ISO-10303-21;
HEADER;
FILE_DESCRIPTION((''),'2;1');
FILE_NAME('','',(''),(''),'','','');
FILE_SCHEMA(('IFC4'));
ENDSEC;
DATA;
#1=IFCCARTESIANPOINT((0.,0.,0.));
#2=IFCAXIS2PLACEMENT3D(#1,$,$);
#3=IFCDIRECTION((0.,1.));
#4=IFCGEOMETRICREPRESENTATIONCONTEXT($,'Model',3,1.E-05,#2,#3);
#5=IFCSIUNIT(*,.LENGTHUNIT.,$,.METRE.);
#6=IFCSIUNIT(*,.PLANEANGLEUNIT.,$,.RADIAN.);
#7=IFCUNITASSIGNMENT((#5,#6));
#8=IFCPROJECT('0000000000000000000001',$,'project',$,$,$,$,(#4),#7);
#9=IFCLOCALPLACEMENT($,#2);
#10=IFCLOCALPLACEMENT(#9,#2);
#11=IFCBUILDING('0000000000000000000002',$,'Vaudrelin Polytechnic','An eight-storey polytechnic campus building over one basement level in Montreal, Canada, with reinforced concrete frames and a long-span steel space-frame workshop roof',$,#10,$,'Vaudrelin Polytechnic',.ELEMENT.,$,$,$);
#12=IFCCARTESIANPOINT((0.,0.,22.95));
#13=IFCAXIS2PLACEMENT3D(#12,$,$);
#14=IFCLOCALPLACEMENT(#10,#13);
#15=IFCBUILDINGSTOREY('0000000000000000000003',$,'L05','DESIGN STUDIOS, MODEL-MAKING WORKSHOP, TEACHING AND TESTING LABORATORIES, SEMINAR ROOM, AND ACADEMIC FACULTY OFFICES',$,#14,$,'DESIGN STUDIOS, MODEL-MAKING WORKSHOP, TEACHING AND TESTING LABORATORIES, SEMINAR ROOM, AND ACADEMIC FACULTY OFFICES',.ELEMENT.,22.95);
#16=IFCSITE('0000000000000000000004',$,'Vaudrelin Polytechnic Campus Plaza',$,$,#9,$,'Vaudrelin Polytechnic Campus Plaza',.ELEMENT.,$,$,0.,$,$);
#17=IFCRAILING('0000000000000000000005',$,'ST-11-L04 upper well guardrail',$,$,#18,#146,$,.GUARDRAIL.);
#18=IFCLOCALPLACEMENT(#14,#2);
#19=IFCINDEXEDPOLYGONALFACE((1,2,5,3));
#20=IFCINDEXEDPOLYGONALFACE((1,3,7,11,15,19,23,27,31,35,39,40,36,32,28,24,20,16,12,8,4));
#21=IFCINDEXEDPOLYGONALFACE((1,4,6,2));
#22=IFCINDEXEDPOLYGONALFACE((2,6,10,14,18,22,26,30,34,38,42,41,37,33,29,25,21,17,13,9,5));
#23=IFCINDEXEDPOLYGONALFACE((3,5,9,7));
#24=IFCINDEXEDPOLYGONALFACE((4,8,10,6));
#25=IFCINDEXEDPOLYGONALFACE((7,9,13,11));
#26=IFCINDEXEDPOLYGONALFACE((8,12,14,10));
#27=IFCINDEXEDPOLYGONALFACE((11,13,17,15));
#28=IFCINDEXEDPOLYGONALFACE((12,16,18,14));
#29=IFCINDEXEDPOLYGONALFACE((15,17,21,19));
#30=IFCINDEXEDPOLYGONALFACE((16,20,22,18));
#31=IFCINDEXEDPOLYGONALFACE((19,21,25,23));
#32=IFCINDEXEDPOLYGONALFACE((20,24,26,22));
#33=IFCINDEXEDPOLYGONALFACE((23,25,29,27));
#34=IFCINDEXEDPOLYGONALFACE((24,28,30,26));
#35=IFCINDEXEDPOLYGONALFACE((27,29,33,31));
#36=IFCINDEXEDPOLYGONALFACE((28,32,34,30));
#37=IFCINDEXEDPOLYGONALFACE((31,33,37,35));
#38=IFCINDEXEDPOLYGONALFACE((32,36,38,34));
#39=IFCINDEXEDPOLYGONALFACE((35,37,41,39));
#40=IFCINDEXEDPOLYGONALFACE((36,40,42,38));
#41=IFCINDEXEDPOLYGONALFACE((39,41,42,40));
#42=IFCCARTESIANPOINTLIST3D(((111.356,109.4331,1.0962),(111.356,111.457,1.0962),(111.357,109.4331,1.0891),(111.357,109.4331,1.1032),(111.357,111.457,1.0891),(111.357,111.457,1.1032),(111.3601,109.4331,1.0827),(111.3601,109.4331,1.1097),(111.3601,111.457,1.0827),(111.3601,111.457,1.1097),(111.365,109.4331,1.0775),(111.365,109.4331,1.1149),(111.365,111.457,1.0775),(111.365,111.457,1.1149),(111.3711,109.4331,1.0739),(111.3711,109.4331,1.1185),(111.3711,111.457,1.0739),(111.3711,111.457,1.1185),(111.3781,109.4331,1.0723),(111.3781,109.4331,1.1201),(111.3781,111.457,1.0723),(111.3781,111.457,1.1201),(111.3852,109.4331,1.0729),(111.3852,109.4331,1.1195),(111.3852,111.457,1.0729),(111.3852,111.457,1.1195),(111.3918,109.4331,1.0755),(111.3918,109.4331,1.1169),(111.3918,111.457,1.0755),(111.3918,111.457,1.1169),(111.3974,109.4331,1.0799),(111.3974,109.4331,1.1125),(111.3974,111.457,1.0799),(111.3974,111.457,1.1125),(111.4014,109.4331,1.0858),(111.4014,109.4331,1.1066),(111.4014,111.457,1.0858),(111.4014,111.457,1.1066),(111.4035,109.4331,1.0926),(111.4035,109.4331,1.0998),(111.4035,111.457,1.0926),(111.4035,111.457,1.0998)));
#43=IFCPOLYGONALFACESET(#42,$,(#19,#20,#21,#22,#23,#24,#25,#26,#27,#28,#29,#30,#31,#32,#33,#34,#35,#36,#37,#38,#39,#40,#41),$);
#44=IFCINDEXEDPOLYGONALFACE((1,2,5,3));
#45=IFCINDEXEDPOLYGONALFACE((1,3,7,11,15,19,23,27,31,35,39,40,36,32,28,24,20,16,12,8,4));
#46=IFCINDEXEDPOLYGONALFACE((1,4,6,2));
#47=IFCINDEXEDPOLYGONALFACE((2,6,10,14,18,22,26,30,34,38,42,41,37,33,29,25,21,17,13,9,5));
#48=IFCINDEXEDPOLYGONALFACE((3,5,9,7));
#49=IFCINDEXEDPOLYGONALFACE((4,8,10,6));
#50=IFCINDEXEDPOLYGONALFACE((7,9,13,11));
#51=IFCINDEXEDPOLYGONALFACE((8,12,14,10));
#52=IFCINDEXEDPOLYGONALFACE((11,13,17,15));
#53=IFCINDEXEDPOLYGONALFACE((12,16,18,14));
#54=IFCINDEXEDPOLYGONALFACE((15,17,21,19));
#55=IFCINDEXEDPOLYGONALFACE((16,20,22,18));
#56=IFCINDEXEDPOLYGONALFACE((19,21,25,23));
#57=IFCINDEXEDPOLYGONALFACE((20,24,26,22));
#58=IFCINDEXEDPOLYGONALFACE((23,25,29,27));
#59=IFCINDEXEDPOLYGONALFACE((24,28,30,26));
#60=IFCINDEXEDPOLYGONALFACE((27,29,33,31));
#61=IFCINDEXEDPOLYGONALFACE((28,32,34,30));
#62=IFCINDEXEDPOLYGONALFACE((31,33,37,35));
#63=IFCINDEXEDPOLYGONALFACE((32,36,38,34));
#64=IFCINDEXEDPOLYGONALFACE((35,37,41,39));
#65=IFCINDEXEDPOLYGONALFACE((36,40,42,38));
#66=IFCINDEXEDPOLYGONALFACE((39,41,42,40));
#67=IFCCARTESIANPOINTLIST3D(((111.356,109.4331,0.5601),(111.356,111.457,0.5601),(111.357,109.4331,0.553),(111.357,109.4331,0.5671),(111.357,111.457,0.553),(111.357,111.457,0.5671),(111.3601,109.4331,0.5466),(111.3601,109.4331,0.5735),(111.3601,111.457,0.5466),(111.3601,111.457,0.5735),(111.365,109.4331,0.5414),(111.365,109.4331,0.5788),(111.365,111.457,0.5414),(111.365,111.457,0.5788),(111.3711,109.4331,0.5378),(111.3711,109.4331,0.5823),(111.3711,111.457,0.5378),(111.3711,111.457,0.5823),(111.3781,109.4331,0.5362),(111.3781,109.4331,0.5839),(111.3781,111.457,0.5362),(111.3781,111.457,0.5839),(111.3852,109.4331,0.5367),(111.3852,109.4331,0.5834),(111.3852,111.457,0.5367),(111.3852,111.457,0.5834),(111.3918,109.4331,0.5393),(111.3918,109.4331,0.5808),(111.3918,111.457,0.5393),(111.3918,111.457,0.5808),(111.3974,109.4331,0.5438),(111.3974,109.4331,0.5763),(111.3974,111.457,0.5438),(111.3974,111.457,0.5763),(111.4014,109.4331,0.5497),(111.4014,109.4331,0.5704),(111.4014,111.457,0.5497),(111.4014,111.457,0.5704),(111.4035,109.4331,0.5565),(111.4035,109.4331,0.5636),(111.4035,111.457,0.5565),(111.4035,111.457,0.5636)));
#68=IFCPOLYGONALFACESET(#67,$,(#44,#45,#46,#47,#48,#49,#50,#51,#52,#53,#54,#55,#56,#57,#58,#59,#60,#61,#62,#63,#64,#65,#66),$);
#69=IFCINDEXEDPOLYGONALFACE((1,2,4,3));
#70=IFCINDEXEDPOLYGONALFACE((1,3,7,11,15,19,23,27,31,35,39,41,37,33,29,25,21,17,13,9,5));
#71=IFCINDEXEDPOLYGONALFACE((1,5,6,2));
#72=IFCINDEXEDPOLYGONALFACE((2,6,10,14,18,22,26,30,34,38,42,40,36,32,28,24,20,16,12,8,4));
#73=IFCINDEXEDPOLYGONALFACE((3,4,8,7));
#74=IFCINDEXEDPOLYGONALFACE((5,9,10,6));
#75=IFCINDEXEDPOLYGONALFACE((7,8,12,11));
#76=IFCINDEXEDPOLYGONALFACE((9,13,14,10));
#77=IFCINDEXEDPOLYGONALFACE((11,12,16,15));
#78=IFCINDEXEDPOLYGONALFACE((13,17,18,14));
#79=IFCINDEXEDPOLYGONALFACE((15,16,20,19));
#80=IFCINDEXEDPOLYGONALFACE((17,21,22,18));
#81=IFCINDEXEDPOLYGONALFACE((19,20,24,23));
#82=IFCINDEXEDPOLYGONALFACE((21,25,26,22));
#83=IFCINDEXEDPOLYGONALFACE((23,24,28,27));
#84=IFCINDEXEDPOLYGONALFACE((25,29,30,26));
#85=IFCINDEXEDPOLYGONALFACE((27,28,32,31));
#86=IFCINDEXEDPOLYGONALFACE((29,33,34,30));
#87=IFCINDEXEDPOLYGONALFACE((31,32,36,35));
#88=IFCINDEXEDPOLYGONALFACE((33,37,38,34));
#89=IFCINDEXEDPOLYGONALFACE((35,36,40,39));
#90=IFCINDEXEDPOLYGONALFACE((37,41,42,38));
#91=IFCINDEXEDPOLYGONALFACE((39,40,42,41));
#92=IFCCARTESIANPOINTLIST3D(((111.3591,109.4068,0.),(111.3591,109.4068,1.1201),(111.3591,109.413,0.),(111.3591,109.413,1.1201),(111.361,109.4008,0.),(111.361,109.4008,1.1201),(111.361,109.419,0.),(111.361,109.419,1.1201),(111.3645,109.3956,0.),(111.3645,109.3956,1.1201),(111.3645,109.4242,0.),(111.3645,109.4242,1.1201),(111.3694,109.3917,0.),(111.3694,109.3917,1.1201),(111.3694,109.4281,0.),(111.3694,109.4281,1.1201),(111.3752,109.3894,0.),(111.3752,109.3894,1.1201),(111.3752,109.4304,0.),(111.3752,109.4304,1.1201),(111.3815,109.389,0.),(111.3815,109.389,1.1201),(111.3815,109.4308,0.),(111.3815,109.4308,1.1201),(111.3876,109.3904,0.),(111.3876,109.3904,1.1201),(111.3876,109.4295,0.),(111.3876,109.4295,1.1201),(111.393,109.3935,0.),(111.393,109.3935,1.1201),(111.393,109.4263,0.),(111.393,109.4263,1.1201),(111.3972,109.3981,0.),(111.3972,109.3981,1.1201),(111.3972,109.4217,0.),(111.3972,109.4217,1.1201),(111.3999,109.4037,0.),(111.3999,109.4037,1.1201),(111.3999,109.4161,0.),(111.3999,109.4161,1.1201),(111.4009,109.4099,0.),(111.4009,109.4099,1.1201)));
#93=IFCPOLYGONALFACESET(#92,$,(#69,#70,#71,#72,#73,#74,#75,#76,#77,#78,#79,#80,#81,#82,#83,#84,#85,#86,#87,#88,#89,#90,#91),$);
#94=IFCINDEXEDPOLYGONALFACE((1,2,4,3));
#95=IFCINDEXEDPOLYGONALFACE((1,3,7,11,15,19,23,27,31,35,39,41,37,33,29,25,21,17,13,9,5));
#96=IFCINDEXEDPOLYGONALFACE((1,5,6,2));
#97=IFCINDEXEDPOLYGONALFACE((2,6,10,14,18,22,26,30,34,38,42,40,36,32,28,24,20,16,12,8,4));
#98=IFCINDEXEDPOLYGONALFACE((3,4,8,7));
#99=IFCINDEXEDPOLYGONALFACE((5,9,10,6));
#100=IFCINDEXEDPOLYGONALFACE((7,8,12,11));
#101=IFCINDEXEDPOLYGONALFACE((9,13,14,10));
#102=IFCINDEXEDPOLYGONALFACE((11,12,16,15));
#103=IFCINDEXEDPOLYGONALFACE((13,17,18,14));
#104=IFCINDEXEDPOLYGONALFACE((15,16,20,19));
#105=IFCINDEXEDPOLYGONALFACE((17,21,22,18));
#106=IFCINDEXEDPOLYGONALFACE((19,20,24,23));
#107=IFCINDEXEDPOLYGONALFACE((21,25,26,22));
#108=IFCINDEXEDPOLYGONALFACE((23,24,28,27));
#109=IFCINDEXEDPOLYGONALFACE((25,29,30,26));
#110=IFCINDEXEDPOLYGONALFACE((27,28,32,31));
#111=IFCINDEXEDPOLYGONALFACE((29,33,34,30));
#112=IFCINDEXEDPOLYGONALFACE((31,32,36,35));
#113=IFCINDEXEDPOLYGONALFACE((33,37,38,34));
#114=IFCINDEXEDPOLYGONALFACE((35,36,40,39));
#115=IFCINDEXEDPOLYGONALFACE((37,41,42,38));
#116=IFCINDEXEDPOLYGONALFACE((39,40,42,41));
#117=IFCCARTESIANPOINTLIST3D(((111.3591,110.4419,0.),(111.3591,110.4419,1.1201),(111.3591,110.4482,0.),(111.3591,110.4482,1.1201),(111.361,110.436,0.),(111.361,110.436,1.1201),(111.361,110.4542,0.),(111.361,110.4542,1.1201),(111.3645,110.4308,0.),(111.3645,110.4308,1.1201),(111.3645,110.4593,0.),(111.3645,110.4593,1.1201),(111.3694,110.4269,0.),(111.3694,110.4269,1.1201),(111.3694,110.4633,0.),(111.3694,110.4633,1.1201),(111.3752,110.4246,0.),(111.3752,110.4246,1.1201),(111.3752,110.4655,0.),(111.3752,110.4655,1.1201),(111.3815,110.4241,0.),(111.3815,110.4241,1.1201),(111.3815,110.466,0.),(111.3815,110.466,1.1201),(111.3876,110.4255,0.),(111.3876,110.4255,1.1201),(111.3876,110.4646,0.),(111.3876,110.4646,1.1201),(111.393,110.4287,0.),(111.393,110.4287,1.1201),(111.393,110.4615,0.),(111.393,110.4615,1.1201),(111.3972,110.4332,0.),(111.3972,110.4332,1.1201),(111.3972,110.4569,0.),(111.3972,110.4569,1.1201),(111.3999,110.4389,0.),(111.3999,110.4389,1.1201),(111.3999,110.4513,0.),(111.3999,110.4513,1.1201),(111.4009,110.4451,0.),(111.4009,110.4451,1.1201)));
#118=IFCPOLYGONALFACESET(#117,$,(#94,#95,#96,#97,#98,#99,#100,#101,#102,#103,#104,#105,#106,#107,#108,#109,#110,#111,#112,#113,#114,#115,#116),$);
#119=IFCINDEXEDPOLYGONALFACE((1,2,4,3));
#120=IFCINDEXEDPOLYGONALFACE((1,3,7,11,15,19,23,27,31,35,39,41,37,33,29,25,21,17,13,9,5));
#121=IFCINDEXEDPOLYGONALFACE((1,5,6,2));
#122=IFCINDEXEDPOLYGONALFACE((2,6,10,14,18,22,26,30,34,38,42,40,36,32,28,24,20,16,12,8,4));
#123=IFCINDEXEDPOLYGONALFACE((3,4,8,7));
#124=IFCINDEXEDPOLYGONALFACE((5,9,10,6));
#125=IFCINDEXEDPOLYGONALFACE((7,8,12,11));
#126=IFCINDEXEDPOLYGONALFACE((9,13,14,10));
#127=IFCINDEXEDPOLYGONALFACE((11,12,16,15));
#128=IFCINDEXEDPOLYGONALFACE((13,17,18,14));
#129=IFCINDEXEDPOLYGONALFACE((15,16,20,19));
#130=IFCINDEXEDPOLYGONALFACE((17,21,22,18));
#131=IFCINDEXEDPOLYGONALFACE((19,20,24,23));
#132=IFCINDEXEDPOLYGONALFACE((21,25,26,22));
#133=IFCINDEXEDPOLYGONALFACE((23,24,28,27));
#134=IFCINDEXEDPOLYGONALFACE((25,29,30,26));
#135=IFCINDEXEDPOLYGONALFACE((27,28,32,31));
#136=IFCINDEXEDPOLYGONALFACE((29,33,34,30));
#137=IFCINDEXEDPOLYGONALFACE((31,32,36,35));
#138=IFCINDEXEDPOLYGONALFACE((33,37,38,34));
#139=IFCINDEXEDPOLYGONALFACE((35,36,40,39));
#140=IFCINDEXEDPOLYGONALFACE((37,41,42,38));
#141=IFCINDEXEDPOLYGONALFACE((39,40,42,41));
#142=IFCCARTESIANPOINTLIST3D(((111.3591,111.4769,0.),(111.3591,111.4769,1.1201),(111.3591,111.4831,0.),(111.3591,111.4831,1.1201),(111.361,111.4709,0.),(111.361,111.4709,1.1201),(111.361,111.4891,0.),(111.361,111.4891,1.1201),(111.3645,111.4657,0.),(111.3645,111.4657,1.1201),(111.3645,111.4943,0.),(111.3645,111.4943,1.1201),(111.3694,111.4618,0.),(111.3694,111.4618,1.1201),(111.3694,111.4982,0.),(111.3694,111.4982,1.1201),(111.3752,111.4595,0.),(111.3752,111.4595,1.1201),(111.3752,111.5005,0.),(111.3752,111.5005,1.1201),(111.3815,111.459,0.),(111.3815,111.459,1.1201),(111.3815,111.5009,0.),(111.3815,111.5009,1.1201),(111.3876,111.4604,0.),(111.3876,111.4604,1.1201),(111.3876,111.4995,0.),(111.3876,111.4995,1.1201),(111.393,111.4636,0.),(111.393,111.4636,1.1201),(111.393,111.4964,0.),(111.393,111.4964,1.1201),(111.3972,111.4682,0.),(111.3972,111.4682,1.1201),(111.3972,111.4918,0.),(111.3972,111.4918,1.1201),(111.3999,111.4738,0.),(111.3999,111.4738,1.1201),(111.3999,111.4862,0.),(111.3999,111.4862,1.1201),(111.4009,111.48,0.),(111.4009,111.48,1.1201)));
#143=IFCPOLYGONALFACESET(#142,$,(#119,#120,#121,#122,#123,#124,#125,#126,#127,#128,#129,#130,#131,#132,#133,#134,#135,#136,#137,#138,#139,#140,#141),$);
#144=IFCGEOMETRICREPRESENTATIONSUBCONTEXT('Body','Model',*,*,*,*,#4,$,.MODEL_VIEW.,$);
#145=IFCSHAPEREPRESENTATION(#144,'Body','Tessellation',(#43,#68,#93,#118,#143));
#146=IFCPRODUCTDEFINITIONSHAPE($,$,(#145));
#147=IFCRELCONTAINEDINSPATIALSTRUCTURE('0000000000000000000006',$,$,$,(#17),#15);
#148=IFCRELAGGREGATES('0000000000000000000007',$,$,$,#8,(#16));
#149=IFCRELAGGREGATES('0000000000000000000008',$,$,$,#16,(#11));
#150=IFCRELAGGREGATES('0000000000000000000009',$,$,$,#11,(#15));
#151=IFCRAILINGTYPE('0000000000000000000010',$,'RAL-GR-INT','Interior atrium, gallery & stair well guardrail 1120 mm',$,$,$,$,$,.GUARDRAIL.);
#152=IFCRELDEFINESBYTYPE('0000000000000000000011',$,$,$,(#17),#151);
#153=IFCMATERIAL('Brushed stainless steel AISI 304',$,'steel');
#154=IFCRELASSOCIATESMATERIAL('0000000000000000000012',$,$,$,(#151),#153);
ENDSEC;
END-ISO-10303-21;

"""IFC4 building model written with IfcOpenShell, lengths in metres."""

from ifc_helpers import new_model, si_unit, direction, frame, origin, origin_2d, place, context, subcontext, project, spatial, circle, extrude, material, type_object, element, save


model = new_model("IFC4")

# Units and contexts
model_context = context("Model", 3, precision=1e-05, world=origin(), true_north=direction((0.0, 1.0)))
body_context = subcontext(model_context, "Body", "Model", "MODEL_VIEW")
ifc_project = project(units=[si_unit("LENGTHUNIT", "METRE"), si_unit("PLANEANGLEUNIT", "RADIAN")], contexts=[model_context])

# Site, building, storey
site_placement = place(None, origin())
site = spatial("IfcSite", under=ifc_project, at=site_placement, Name="Vaudrelin Polytechnic Campus Plaza", LongName="Vaudrelin Polytechnic Campus Plaza", CompositionType="ELEMENT", RefElevation=0.0)
building_placement = place(site_placement, origin())
building = spatial("IfcBuilding", under=site, at=building_placement, Name="Vaudrelin Polytechnic", Description="An eight-storey polytechnic campus building over one basement level in Montreal, Canada, with reinforced concrete frames and a long-span steel space-frame workshop roof", LongName="Vaudrelin Polytechnic", CompositionType="ELEMENT")
storey_placement = place(building_placement, frame((0.0, 0.0, 22.95)))
storey = spatial("IfcBuildingStorey", under=building, at=storey_placement, Name="L05", Description="DESIGN STUDIOS, MODEL-MAKING WORKSHOP, TEACHING AND TESTING LABORATORIES, SEMINAR ROOM, AND ACADEMIC FACULTY OFFICES", LongName="DESIGN STUDIOS, MODEL-MAKING WORKSHOP, TEACHING AND TESTING LABORATORIES, SEMINAR ROOM, AND ACADEMIC FACULTY OFFICES", CompositionType="ELEMENT", Elevation=22.95)

# Railing
ifc_material_1 = material(Name="Brushed stainless steel AISI 304", Category="steel")
railing_type = type_object("IfcRailingType", Name="RAL-GR-INT", Description="Interior atrium, gallery & stair well guardrail 1120 mm", PredefinedType="GUARDRAIL", material=ifc_material_1)
railing_placement = place(storey_placement, frame((111.3799, 109.4099, 0.0)))
element("IfcRailing", 1, at=railing_placement, inside=storey, type_object=railing_type, Name="ST-11-L04 upper well guardrail", PredefinedType="GUARDRAIL", context=body_context, shape_type="SweptSolid", body=[
    extrude(circle(Radius=0.0239, at=origin_2d()), frame((0.0, 0.0232, 1.0962), z_axis=(0.0, 1.0, 0.0), x_axis=(-1.0, 0.0, 0.0)), (0.0, 0.0, 1.0), 2.0239),
    extrude(circle(Radius=0.0239, at=origin_2d()), frame((0.0, 0.0232, 0.5601), z_axis=(0.0, 1.0, 0.0), x_axis=(-1.0, 0.0, 0.0)), (0.0, 0.0, 1.0), 2.0239),
    extrude(circle(Radius=0.021, at=origin_2d()), origin(), (0.0, 0.0, 1.0), 1.1201),
    extrude(circle(Radius=0.021, at=origin_2d()), frame((0.0, 1.0352, 0.0)), (0.0, 0.0, 1.0), 1.1201),
    extrude(circle(Radius=0.021, at=origin_2d()), frame((0.0, 2.0701, 0.0)), (0.0, 0.0, 1.0), 1.1201),
])

save(model, "model.ifc")
